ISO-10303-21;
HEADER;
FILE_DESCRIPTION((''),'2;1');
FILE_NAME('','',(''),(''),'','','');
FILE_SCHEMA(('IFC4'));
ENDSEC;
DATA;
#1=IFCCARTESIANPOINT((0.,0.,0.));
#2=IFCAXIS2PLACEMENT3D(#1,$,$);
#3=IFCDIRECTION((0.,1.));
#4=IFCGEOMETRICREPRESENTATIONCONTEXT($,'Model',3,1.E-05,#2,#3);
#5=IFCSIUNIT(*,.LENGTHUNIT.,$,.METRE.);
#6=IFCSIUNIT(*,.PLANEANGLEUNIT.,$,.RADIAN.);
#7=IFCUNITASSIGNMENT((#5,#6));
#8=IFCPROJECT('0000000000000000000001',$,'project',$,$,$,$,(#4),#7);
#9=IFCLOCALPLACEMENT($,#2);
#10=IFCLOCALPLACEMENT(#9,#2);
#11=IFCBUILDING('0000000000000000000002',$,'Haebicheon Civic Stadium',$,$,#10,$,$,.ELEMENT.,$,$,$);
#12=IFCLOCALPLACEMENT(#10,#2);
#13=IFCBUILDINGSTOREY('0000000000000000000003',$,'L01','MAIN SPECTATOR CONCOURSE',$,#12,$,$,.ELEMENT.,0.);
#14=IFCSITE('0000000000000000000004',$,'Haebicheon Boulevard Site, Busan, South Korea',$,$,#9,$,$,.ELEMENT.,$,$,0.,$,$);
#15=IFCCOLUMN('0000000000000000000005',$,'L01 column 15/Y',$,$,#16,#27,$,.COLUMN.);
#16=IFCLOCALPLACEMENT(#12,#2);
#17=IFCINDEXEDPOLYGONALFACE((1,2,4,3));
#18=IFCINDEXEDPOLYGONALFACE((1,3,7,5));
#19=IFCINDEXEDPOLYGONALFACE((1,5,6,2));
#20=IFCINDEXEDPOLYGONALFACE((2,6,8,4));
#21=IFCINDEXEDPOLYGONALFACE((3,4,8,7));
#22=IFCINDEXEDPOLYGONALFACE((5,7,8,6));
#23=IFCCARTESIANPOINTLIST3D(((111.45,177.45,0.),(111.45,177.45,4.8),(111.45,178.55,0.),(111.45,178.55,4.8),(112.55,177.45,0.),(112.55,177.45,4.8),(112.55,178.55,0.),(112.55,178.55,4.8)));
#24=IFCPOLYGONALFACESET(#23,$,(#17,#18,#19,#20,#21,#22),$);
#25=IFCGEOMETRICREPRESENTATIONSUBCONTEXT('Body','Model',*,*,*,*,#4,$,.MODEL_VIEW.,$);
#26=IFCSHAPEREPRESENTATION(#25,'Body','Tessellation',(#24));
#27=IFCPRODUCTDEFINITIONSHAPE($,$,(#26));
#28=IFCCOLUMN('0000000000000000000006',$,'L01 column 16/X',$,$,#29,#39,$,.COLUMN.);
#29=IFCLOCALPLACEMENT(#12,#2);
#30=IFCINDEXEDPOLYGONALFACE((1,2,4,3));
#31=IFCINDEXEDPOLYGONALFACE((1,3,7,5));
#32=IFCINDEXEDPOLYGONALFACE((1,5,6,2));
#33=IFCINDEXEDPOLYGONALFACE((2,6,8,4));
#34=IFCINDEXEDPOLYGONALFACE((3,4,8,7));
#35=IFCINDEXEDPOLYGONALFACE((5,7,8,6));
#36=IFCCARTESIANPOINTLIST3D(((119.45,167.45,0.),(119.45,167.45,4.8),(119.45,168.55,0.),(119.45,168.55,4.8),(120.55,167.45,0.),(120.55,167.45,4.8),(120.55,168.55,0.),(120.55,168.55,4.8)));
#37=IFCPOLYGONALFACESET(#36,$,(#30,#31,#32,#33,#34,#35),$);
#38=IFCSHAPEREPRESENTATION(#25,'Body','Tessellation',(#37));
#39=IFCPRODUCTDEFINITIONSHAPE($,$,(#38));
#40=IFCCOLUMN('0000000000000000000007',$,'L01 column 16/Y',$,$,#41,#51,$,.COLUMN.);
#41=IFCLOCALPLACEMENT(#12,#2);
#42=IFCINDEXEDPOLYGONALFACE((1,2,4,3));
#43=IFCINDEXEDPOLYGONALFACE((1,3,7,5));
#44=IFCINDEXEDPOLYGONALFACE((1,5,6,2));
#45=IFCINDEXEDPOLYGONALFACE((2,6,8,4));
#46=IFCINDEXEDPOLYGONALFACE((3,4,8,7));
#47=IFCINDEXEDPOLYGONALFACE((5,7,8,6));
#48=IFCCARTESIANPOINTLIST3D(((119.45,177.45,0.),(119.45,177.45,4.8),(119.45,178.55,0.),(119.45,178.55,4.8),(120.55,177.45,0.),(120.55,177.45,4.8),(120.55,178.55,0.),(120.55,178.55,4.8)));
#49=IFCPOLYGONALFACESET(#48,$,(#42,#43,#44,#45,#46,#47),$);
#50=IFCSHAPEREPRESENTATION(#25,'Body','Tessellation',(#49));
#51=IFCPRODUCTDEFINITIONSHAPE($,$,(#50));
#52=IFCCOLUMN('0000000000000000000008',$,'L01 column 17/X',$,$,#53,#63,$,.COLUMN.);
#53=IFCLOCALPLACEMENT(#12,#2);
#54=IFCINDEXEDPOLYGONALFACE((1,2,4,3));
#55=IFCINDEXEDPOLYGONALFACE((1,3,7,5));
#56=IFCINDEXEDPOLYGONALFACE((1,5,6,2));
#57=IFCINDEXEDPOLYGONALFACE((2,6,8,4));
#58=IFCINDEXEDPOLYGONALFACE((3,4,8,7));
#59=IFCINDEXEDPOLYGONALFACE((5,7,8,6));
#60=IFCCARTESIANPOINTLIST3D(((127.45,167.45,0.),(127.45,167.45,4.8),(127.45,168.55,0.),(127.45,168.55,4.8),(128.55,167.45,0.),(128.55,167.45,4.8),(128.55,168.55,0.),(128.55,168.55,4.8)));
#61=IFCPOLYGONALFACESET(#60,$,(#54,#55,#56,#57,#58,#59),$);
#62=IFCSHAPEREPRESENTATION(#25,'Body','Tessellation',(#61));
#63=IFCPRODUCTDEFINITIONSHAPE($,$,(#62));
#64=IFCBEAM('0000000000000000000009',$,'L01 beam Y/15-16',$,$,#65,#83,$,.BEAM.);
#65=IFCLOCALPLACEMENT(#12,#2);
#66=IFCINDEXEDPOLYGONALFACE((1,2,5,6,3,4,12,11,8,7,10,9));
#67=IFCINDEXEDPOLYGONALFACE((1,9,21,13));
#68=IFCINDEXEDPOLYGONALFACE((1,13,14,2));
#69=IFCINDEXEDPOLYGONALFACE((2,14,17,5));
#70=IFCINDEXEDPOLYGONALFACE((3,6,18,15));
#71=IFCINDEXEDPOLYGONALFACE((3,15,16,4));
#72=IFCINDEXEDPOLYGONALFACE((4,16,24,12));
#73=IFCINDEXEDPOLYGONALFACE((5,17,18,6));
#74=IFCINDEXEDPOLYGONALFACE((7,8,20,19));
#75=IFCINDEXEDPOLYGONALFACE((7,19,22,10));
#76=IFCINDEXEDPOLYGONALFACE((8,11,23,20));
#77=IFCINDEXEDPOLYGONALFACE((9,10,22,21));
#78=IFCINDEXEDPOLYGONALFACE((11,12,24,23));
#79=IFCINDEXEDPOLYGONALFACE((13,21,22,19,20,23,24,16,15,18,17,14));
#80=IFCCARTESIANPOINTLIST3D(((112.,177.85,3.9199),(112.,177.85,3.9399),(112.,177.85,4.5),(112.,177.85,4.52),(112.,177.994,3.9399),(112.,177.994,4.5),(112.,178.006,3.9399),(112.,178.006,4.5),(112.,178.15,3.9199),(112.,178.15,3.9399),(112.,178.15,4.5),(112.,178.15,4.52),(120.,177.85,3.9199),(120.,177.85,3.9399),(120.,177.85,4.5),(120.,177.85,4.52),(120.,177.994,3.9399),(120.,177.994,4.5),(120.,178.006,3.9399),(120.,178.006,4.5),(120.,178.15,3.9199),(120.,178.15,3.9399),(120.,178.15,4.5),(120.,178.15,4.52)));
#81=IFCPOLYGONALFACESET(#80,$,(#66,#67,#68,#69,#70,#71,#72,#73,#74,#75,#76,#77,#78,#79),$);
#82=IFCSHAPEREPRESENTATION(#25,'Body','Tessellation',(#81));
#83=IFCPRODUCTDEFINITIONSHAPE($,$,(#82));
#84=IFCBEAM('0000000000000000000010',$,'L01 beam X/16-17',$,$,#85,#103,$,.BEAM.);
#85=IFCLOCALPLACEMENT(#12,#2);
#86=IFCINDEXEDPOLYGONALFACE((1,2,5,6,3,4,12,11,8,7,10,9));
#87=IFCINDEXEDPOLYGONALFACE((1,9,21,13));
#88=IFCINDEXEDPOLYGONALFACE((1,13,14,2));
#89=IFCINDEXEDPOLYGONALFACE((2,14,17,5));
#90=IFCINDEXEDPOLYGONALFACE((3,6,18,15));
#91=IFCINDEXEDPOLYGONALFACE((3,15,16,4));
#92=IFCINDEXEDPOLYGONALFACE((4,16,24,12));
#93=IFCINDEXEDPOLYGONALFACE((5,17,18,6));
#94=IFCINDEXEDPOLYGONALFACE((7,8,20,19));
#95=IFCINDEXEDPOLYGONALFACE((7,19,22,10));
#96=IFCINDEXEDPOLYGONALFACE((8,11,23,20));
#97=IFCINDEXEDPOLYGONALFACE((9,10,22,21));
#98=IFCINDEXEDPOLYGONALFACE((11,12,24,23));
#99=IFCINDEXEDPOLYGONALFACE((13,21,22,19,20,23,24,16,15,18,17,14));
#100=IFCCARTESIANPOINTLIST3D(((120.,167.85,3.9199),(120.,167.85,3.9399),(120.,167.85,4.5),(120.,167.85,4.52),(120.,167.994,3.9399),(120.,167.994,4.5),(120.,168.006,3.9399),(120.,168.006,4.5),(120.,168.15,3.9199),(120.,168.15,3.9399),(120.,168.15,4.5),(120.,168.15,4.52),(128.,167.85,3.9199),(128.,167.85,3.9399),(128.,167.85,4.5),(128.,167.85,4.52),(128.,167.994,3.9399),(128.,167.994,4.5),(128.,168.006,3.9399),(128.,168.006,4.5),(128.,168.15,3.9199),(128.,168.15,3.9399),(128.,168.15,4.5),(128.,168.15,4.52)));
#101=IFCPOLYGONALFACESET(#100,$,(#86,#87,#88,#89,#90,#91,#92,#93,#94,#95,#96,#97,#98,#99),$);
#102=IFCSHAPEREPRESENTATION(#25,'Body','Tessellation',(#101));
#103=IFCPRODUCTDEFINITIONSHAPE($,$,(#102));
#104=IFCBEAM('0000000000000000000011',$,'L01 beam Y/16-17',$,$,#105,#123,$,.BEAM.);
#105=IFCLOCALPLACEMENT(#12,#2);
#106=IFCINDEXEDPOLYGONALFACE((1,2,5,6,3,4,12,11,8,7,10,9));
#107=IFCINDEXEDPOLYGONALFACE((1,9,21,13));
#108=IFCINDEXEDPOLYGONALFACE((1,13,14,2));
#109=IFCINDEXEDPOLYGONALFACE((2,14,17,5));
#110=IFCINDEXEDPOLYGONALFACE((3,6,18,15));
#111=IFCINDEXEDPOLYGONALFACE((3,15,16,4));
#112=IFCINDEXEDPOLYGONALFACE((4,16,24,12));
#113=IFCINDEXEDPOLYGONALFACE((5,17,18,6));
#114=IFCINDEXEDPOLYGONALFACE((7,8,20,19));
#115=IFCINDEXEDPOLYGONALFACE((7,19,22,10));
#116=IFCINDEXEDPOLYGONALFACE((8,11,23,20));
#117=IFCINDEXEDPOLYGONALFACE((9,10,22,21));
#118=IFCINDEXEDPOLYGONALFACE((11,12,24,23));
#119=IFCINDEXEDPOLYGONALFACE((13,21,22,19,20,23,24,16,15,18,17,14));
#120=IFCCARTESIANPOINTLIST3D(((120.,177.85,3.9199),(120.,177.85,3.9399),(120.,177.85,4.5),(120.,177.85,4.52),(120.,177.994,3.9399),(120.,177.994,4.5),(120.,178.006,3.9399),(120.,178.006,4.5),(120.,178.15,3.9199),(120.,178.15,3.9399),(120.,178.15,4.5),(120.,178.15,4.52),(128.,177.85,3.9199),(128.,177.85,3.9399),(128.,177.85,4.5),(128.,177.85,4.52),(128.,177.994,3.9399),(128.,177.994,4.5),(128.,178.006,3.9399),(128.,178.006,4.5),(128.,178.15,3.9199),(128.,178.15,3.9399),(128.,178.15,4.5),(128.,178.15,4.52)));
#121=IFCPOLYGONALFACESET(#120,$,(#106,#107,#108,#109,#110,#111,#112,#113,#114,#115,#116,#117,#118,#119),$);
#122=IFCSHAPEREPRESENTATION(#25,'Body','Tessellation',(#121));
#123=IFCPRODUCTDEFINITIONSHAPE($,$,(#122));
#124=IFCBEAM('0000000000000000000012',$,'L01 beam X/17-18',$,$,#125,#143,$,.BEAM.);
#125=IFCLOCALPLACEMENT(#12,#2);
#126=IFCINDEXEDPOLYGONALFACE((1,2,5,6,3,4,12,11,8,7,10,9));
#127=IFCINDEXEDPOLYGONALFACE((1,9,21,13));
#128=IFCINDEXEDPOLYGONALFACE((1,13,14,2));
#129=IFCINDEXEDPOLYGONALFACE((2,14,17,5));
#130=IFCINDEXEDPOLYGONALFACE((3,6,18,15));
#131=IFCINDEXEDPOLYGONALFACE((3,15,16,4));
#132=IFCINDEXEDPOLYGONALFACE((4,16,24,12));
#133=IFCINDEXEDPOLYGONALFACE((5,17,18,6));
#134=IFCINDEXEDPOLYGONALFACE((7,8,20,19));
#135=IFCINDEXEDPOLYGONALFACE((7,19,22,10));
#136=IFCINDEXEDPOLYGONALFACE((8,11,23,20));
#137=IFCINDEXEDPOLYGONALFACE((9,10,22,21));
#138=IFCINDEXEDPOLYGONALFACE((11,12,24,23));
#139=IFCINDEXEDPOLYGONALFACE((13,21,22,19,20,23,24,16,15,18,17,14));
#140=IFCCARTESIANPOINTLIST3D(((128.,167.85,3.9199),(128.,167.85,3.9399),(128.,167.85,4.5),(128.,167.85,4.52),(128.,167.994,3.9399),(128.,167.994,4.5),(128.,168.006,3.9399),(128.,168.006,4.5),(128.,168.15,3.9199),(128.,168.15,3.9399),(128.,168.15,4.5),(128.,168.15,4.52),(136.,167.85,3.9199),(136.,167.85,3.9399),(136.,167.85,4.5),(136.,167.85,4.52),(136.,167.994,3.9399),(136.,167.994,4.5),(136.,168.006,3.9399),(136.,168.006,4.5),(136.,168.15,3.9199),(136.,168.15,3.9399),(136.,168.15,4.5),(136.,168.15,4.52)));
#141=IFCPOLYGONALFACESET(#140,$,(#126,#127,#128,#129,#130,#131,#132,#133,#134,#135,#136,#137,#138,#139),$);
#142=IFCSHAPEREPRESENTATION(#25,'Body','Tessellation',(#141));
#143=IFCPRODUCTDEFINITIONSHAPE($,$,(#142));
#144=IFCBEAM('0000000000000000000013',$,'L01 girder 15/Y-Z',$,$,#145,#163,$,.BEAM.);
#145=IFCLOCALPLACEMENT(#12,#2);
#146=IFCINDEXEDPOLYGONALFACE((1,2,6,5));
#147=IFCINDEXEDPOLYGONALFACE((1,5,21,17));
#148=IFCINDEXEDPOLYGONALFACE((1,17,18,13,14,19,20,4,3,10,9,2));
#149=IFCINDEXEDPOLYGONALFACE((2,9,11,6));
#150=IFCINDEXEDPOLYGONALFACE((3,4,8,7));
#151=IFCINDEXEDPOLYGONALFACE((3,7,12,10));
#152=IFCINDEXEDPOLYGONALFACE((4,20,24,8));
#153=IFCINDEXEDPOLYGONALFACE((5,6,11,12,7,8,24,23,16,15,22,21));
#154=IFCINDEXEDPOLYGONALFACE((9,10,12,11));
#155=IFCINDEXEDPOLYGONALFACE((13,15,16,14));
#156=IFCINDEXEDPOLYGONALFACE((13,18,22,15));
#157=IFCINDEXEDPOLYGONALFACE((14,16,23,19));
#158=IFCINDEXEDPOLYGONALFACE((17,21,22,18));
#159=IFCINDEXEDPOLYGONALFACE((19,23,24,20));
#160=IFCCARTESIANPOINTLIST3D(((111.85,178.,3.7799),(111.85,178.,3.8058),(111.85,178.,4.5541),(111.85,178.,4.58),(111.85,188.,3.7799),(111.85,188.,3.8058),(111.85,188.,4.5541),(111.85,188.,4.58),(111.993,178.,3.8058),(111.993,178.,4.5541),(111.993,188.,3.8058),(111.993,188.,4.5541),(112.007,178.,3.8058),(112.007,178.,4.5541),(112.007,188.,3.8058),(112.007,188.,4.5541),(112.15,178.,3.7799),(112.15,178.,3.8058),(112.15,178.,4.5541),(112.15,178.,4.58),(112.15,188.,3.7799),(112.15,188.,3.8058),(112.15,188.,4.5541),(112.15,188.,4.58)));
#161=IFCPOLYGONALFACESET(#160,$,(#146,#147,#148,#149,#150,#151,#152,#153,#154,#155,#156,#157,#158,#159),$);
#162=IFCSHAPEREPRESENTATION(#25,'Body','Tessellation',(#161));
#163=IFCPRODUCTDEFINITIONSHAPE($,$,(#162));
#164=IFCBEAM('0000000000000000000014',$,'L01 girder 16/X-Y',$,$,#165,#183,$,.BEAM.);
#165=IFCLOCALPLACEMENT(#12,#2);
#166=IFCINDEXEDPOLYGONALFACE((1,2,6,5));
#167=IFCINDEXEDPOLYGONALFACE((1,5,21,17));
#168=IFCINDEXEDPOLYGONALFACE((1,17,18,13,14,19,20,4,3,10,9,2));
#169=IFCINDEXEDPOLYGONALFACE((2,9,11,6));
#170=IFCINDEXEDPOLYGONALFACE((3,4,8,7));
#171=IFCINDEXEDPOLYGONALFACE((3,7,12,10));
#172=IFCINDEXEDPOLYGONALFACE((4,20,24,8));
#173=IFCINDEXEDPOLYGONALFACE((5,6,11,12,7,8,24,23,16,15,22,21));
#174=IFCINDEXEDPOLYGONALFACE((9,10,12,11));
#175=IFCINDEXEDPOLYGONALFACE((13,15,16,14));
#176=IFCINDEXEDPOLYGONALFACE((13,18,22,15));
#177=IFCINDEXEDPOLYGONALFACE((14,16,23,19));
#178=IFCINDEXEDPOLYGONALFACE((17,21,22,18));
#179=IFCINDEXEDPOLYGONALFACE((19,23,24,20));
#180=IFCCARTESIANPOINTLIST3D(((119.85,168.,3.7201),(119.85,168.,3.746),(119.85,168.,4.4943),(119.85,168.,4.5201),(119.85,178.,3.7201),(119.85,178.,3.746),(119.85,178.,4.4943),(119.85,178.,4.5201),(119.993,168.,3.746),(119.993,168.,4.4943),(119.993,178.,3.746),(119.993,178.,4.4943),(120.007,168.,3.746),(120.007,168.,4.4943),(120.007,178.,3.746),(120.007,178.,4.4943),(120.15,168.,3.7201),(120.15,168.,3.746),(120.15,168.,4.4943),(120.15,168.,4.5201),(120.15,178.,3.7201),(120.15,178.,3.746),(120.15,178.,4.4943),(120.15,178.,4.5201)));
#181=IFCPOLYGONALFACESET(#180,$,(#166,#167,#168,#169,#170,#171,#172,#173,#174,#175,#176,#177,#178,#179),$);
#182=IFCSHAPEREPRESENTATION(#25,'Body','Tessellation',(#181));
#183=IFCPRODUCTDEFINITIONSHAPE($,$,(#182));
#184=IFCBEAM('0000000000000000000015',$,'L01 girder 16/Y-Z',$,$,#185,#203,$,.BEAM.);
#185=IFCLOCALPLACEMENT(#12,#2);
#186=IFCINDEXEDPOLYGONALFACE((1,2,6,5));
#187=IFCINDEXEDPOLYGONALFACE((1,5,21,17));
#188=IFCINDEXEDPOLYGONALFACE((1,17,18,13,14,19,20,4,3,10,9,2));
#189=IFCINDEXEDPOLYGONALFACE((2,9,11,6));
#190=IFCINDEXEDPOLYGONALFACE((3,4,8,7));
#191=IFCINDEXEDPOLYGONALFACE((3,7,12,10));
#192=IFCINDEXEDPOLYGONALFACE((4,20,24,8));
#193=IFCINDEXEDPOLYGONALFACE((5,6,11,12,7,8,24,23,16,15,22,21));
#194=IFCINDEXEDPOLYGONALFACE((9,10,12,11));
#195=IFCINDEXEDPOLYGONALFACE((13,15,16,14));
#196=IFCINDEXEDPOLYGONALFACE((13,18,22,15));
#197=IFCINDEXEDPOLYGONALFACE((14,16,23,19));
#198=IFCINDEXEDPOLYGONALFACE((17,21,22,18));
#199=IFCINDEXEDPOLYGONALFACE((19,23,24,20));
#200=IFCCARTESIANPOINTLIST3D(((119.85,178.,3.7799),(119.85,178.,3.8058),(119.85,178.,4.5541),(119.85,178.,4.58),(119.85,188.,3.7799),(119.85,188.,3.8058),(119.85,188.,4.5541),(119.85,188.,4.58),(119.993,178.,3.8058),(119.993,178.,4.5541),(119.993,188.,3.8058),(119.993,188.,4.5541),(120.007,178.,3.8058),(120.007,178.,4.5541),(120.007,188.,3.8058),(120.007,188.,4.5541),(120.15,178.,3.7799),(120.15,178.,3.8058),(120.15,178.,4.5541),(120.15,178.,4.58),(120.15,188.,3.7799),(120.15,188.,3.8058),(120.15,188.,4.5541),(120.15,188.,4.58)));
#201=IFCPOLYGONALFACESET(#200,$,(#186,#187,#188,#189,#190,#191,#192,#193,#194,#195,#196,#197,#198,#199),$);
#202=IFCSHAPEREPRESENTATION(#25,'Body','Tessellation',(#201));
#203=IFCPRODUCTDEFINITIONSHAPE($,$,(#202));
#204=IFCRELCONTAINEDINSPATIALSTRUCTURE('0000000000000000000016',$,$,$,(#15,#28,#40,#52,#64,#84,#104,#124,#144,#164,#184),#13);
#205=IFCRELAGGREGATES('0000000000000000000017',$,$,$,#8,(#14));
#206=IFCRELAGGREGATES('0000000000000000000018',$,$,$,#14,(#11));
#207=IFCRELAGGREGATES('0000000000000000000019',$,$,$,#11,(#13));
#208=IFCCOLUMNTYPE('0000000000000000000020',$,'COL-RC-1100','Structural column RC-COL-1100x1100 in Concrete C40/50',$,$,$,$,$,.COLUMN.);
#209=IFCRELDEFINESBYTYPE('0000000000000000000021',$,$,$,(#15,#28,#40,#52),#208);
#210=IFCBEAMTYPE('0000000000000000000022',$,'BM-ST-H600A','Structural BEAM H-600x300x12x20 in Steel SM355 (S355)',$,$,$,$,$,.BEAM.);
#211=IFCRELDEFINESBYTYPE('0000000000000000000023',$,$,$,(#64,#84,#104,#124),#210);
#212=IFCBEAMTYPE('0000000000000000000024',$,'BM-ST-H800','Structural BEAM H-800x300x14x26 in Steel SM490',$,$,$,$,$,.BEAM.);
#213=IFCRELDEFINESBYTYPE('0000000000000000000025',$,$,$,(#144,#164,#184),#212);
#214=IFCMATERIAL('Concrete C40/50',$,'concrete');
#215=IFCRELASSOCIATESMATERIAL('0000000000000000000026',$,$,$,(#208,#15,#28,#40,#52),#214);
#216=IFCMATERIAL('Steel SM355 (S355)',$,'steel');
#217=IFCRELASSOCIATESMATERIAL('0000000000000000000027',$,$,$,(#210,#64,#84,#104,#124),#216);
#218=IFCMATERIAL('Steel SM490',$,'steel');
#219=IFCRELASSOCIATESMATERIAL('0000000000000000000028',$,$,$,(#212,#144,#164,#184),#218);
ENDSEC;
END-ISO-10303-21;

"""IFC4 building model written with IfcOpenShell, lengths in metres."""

from ifc_helpers import new_model, si_unit, direction, frame, origin, origin_2d, place, context, subcontext, project, spatial, rectangle, i_section, extrude, material, material_profile, profile_set, type_object, element, save


model = new_model("IFC4")

# Units and contexts
model_context = context("Model", 3, precision=1e-05, world=origin(), true_north=direction((0.0, 1.0)))
body_context = subcontext(model_context, "Body", "Model", "MODEL_VIEW")
ifc_project = project(units=[si_unit("LENGTHUNIT", "METRE"), si_unit("PLANEANGLEUNIT", "RADIAN")], contexts=[model_context])

# Site, building, storey
site_placement = place(None, origin())
site = spatial("IfcSite", under=ifc_project, at=site_placement, Name="Haebicheon Boulevard Site, Busan, South Korea", CompositionType="ELEMENT", RefElevation=0.0)
building_placement = place(site_placement, origin())
building = spatial("IfcBuilding", under=site, at=building_placement, Name="Haebicheon Civic Stadium", CompositionType="ELEMENT")
storey_placement = place(building_placement, origin())
storey = spatial("IfcBuildingStorey", under=building, at=storey_placement, Name="L01", Description="MAIN SPECTATOR CONCOURSE", CompositionType="ELEMENT", Elevation=0.0)

# Columns
ifc_material_1 = material(Name="Concrete C40/50", Category="concrete")
ifc_material_profile_1 = material_profile(ifc_material_1, rectangle(XDim=1.1001, YDim=1.1001, at=origin_2d()), Name="RC-COL-1100x1100")
ifc_profile_set_1 = profile_set([ifc_material_profile_1], Name="Concrete C40/50")
column_type = type_object("IfcColumnType", Name="COL-RC-1100", Description="Structural column RC-COL-1100x1100 in Concrete C40/50", PredefinedType="COLUMN", material=ifc_profile_set_1)
for number, where, z_axis, x_axis, name in (
    (1, (112.0, 178.0, 0.0), (0.0, 0.0, 1.0), (1.0, 0.0, 0.0), "L01 column 15/Y"),
    (2, (120.0, 168.0, 0.0), (0.0, 0.0, 1.0), (1.0, 0.0, 0.0), "L01 column 16/X"),
    (3, (120.0, 178.0, 0.0), (0.0, 0.0, 1.0), (1.0, 0.0, 0.0), "L01 column 16/Y"),
    (4, (128.0, 168.0, 0.0), (0.0, 0.0, 1.0), (1.0, 0.0, 0.0), "L01 column 17/X"),
):
    element("IfcColumn", number, at=place(storey_placement, frame(where, z_axis=z_axis, x_axis=x_axis)), inside=storey, type_object=column_type, material=ifc_profile_set_1, Name=name, PredefinedType="COLUMN", context=body_context, shape_type="SweptSolid", body=[
        extrude(rectangle(XDim=1.1001, YDim=1.1001, at=origin_2d()), origin(), (0.0, 0.0, 1.0), 4.8),
    ])

# Beams
ifc_material_2 = material(Name="Steel SM355 (S355)", Category="steel")
ifc_material_profile_2 = material_profile(ifc_material_2, i_section(OverallWidth=0.3, OverallDepth=0.6001, WebThickness=0.012, FlangeThickness=0.02, at=origin_2d()), Name="H-600x300x12x20")
ifc_profile_set_2 = profile_set([ifc_material_profile_2], Name="Steel SM355 (S355)")
beam_type_1 = type_object("IfcBeamType", Name="BM-ST-H600A", Description="Structural BEAM H-600x300x12x20 in Steel SM355 (S355)", PredefinedType="BEAM", material=ifc_profile_set_2)
for number, where, z_axis, x_axis, name in (
    (5, (112.0, 178.0, 4.22), (1.0, 0.0, 0.0), (0.0, 1.0, 0.0), "L01 beam Y/15-16"),
    (6, (120.0, 168.0, 4.22), (1.0, 0.0, 0.0), (0.0, 1.0, 0.0), "L01 beam X/16-17"),
    (7, (120.0, 178.0, 4.22), (1.0, 0.0, 0.0), (0.0, 1.0, 0.0), "L01 beam Y/16-17"),
    (8, (128.0, 168.0, 4.22), (1.0, 0.0, 0.0), (0.0, 1.0, 0.0), "L01 beam X/17-18"),
):
    element("IfcBeam", number, at=place(storey_placement, frame(where, z_axis=z_axis, x_axis=x_axis)), inside=storey, type_object=beam_type_1, material=ifc_profile_set_2, Name=name, PredefinedType="BEAM", context=body_context, shape_type="SweptSolid", body=[
        extrude(i_section(OverallWidth=0.3, OverallDepth=0.6001, WebThickness=0.012, FlangeThickness=0.02, at=origin_2d()), origin(), (0.0, 0.0, 1.0), 8.0),
    ])
ifc_material_3 = material(Name="Steel SM490", Category="steel")
ifc_material_profile_3 = material_profile(ifc_material_3, i_section(OverallWidth=0.3, OverallDepth=0.8, WebThickness=0.0139, FlangeThickness=0.0259, at=origin_2d()), Name="H-800x300x14x26")
ifc_profile_set_3 = profile_set([ifc_material_profile_3], Name="Steel SM490")
beam_type_2 = type_object("IfcBeamType", Name="BM-ST-H800", Description="Structural BEAM H-800x300x14x26 in Steel SM490", PredefinedType="BEAM", material=ifc_profile_set_3)
for number, where, z_axis, x_axis, name in (
    (9, (112.0, 178.0, 4.1799), (0.0, 1.0, 0.0), (-1.0, 0.0, 0.0), "L01 girder 15/Y-Z"),
    (10, (120.0, 168.0, 4.1201), (0.0, 1.0, 0.0), (-1.0, 0.0, 0.0), "L01 girder 16/X-Y"),
    (11, (120.0, 178.0, 4.1799), (0.0, 1.0, 0.0), (-1.0, 0.0, 0.0), "L01 girder 16/Y-Z"),
):
    element("IfcBeam", number, at=place(storey_placement, frame(where, z_axis=z_axis, x_axis=x_axis)), inside=storey, type_object=beam_type_2, material=ifc_profile_set_3, Name=name, PredefinedType="BEAM", context=body_context, shape_type="SweptSolid", body=[
        extrude(i_section(OverallWidth=0.3, OverallDepth=0.8, WebThickness=0.0139, FlangeThickness=0.0259, at=origin_2d()), origin(), (0.0, 0.0, 1.0), 10.0),
    ])

save(model, "model.ifc")
